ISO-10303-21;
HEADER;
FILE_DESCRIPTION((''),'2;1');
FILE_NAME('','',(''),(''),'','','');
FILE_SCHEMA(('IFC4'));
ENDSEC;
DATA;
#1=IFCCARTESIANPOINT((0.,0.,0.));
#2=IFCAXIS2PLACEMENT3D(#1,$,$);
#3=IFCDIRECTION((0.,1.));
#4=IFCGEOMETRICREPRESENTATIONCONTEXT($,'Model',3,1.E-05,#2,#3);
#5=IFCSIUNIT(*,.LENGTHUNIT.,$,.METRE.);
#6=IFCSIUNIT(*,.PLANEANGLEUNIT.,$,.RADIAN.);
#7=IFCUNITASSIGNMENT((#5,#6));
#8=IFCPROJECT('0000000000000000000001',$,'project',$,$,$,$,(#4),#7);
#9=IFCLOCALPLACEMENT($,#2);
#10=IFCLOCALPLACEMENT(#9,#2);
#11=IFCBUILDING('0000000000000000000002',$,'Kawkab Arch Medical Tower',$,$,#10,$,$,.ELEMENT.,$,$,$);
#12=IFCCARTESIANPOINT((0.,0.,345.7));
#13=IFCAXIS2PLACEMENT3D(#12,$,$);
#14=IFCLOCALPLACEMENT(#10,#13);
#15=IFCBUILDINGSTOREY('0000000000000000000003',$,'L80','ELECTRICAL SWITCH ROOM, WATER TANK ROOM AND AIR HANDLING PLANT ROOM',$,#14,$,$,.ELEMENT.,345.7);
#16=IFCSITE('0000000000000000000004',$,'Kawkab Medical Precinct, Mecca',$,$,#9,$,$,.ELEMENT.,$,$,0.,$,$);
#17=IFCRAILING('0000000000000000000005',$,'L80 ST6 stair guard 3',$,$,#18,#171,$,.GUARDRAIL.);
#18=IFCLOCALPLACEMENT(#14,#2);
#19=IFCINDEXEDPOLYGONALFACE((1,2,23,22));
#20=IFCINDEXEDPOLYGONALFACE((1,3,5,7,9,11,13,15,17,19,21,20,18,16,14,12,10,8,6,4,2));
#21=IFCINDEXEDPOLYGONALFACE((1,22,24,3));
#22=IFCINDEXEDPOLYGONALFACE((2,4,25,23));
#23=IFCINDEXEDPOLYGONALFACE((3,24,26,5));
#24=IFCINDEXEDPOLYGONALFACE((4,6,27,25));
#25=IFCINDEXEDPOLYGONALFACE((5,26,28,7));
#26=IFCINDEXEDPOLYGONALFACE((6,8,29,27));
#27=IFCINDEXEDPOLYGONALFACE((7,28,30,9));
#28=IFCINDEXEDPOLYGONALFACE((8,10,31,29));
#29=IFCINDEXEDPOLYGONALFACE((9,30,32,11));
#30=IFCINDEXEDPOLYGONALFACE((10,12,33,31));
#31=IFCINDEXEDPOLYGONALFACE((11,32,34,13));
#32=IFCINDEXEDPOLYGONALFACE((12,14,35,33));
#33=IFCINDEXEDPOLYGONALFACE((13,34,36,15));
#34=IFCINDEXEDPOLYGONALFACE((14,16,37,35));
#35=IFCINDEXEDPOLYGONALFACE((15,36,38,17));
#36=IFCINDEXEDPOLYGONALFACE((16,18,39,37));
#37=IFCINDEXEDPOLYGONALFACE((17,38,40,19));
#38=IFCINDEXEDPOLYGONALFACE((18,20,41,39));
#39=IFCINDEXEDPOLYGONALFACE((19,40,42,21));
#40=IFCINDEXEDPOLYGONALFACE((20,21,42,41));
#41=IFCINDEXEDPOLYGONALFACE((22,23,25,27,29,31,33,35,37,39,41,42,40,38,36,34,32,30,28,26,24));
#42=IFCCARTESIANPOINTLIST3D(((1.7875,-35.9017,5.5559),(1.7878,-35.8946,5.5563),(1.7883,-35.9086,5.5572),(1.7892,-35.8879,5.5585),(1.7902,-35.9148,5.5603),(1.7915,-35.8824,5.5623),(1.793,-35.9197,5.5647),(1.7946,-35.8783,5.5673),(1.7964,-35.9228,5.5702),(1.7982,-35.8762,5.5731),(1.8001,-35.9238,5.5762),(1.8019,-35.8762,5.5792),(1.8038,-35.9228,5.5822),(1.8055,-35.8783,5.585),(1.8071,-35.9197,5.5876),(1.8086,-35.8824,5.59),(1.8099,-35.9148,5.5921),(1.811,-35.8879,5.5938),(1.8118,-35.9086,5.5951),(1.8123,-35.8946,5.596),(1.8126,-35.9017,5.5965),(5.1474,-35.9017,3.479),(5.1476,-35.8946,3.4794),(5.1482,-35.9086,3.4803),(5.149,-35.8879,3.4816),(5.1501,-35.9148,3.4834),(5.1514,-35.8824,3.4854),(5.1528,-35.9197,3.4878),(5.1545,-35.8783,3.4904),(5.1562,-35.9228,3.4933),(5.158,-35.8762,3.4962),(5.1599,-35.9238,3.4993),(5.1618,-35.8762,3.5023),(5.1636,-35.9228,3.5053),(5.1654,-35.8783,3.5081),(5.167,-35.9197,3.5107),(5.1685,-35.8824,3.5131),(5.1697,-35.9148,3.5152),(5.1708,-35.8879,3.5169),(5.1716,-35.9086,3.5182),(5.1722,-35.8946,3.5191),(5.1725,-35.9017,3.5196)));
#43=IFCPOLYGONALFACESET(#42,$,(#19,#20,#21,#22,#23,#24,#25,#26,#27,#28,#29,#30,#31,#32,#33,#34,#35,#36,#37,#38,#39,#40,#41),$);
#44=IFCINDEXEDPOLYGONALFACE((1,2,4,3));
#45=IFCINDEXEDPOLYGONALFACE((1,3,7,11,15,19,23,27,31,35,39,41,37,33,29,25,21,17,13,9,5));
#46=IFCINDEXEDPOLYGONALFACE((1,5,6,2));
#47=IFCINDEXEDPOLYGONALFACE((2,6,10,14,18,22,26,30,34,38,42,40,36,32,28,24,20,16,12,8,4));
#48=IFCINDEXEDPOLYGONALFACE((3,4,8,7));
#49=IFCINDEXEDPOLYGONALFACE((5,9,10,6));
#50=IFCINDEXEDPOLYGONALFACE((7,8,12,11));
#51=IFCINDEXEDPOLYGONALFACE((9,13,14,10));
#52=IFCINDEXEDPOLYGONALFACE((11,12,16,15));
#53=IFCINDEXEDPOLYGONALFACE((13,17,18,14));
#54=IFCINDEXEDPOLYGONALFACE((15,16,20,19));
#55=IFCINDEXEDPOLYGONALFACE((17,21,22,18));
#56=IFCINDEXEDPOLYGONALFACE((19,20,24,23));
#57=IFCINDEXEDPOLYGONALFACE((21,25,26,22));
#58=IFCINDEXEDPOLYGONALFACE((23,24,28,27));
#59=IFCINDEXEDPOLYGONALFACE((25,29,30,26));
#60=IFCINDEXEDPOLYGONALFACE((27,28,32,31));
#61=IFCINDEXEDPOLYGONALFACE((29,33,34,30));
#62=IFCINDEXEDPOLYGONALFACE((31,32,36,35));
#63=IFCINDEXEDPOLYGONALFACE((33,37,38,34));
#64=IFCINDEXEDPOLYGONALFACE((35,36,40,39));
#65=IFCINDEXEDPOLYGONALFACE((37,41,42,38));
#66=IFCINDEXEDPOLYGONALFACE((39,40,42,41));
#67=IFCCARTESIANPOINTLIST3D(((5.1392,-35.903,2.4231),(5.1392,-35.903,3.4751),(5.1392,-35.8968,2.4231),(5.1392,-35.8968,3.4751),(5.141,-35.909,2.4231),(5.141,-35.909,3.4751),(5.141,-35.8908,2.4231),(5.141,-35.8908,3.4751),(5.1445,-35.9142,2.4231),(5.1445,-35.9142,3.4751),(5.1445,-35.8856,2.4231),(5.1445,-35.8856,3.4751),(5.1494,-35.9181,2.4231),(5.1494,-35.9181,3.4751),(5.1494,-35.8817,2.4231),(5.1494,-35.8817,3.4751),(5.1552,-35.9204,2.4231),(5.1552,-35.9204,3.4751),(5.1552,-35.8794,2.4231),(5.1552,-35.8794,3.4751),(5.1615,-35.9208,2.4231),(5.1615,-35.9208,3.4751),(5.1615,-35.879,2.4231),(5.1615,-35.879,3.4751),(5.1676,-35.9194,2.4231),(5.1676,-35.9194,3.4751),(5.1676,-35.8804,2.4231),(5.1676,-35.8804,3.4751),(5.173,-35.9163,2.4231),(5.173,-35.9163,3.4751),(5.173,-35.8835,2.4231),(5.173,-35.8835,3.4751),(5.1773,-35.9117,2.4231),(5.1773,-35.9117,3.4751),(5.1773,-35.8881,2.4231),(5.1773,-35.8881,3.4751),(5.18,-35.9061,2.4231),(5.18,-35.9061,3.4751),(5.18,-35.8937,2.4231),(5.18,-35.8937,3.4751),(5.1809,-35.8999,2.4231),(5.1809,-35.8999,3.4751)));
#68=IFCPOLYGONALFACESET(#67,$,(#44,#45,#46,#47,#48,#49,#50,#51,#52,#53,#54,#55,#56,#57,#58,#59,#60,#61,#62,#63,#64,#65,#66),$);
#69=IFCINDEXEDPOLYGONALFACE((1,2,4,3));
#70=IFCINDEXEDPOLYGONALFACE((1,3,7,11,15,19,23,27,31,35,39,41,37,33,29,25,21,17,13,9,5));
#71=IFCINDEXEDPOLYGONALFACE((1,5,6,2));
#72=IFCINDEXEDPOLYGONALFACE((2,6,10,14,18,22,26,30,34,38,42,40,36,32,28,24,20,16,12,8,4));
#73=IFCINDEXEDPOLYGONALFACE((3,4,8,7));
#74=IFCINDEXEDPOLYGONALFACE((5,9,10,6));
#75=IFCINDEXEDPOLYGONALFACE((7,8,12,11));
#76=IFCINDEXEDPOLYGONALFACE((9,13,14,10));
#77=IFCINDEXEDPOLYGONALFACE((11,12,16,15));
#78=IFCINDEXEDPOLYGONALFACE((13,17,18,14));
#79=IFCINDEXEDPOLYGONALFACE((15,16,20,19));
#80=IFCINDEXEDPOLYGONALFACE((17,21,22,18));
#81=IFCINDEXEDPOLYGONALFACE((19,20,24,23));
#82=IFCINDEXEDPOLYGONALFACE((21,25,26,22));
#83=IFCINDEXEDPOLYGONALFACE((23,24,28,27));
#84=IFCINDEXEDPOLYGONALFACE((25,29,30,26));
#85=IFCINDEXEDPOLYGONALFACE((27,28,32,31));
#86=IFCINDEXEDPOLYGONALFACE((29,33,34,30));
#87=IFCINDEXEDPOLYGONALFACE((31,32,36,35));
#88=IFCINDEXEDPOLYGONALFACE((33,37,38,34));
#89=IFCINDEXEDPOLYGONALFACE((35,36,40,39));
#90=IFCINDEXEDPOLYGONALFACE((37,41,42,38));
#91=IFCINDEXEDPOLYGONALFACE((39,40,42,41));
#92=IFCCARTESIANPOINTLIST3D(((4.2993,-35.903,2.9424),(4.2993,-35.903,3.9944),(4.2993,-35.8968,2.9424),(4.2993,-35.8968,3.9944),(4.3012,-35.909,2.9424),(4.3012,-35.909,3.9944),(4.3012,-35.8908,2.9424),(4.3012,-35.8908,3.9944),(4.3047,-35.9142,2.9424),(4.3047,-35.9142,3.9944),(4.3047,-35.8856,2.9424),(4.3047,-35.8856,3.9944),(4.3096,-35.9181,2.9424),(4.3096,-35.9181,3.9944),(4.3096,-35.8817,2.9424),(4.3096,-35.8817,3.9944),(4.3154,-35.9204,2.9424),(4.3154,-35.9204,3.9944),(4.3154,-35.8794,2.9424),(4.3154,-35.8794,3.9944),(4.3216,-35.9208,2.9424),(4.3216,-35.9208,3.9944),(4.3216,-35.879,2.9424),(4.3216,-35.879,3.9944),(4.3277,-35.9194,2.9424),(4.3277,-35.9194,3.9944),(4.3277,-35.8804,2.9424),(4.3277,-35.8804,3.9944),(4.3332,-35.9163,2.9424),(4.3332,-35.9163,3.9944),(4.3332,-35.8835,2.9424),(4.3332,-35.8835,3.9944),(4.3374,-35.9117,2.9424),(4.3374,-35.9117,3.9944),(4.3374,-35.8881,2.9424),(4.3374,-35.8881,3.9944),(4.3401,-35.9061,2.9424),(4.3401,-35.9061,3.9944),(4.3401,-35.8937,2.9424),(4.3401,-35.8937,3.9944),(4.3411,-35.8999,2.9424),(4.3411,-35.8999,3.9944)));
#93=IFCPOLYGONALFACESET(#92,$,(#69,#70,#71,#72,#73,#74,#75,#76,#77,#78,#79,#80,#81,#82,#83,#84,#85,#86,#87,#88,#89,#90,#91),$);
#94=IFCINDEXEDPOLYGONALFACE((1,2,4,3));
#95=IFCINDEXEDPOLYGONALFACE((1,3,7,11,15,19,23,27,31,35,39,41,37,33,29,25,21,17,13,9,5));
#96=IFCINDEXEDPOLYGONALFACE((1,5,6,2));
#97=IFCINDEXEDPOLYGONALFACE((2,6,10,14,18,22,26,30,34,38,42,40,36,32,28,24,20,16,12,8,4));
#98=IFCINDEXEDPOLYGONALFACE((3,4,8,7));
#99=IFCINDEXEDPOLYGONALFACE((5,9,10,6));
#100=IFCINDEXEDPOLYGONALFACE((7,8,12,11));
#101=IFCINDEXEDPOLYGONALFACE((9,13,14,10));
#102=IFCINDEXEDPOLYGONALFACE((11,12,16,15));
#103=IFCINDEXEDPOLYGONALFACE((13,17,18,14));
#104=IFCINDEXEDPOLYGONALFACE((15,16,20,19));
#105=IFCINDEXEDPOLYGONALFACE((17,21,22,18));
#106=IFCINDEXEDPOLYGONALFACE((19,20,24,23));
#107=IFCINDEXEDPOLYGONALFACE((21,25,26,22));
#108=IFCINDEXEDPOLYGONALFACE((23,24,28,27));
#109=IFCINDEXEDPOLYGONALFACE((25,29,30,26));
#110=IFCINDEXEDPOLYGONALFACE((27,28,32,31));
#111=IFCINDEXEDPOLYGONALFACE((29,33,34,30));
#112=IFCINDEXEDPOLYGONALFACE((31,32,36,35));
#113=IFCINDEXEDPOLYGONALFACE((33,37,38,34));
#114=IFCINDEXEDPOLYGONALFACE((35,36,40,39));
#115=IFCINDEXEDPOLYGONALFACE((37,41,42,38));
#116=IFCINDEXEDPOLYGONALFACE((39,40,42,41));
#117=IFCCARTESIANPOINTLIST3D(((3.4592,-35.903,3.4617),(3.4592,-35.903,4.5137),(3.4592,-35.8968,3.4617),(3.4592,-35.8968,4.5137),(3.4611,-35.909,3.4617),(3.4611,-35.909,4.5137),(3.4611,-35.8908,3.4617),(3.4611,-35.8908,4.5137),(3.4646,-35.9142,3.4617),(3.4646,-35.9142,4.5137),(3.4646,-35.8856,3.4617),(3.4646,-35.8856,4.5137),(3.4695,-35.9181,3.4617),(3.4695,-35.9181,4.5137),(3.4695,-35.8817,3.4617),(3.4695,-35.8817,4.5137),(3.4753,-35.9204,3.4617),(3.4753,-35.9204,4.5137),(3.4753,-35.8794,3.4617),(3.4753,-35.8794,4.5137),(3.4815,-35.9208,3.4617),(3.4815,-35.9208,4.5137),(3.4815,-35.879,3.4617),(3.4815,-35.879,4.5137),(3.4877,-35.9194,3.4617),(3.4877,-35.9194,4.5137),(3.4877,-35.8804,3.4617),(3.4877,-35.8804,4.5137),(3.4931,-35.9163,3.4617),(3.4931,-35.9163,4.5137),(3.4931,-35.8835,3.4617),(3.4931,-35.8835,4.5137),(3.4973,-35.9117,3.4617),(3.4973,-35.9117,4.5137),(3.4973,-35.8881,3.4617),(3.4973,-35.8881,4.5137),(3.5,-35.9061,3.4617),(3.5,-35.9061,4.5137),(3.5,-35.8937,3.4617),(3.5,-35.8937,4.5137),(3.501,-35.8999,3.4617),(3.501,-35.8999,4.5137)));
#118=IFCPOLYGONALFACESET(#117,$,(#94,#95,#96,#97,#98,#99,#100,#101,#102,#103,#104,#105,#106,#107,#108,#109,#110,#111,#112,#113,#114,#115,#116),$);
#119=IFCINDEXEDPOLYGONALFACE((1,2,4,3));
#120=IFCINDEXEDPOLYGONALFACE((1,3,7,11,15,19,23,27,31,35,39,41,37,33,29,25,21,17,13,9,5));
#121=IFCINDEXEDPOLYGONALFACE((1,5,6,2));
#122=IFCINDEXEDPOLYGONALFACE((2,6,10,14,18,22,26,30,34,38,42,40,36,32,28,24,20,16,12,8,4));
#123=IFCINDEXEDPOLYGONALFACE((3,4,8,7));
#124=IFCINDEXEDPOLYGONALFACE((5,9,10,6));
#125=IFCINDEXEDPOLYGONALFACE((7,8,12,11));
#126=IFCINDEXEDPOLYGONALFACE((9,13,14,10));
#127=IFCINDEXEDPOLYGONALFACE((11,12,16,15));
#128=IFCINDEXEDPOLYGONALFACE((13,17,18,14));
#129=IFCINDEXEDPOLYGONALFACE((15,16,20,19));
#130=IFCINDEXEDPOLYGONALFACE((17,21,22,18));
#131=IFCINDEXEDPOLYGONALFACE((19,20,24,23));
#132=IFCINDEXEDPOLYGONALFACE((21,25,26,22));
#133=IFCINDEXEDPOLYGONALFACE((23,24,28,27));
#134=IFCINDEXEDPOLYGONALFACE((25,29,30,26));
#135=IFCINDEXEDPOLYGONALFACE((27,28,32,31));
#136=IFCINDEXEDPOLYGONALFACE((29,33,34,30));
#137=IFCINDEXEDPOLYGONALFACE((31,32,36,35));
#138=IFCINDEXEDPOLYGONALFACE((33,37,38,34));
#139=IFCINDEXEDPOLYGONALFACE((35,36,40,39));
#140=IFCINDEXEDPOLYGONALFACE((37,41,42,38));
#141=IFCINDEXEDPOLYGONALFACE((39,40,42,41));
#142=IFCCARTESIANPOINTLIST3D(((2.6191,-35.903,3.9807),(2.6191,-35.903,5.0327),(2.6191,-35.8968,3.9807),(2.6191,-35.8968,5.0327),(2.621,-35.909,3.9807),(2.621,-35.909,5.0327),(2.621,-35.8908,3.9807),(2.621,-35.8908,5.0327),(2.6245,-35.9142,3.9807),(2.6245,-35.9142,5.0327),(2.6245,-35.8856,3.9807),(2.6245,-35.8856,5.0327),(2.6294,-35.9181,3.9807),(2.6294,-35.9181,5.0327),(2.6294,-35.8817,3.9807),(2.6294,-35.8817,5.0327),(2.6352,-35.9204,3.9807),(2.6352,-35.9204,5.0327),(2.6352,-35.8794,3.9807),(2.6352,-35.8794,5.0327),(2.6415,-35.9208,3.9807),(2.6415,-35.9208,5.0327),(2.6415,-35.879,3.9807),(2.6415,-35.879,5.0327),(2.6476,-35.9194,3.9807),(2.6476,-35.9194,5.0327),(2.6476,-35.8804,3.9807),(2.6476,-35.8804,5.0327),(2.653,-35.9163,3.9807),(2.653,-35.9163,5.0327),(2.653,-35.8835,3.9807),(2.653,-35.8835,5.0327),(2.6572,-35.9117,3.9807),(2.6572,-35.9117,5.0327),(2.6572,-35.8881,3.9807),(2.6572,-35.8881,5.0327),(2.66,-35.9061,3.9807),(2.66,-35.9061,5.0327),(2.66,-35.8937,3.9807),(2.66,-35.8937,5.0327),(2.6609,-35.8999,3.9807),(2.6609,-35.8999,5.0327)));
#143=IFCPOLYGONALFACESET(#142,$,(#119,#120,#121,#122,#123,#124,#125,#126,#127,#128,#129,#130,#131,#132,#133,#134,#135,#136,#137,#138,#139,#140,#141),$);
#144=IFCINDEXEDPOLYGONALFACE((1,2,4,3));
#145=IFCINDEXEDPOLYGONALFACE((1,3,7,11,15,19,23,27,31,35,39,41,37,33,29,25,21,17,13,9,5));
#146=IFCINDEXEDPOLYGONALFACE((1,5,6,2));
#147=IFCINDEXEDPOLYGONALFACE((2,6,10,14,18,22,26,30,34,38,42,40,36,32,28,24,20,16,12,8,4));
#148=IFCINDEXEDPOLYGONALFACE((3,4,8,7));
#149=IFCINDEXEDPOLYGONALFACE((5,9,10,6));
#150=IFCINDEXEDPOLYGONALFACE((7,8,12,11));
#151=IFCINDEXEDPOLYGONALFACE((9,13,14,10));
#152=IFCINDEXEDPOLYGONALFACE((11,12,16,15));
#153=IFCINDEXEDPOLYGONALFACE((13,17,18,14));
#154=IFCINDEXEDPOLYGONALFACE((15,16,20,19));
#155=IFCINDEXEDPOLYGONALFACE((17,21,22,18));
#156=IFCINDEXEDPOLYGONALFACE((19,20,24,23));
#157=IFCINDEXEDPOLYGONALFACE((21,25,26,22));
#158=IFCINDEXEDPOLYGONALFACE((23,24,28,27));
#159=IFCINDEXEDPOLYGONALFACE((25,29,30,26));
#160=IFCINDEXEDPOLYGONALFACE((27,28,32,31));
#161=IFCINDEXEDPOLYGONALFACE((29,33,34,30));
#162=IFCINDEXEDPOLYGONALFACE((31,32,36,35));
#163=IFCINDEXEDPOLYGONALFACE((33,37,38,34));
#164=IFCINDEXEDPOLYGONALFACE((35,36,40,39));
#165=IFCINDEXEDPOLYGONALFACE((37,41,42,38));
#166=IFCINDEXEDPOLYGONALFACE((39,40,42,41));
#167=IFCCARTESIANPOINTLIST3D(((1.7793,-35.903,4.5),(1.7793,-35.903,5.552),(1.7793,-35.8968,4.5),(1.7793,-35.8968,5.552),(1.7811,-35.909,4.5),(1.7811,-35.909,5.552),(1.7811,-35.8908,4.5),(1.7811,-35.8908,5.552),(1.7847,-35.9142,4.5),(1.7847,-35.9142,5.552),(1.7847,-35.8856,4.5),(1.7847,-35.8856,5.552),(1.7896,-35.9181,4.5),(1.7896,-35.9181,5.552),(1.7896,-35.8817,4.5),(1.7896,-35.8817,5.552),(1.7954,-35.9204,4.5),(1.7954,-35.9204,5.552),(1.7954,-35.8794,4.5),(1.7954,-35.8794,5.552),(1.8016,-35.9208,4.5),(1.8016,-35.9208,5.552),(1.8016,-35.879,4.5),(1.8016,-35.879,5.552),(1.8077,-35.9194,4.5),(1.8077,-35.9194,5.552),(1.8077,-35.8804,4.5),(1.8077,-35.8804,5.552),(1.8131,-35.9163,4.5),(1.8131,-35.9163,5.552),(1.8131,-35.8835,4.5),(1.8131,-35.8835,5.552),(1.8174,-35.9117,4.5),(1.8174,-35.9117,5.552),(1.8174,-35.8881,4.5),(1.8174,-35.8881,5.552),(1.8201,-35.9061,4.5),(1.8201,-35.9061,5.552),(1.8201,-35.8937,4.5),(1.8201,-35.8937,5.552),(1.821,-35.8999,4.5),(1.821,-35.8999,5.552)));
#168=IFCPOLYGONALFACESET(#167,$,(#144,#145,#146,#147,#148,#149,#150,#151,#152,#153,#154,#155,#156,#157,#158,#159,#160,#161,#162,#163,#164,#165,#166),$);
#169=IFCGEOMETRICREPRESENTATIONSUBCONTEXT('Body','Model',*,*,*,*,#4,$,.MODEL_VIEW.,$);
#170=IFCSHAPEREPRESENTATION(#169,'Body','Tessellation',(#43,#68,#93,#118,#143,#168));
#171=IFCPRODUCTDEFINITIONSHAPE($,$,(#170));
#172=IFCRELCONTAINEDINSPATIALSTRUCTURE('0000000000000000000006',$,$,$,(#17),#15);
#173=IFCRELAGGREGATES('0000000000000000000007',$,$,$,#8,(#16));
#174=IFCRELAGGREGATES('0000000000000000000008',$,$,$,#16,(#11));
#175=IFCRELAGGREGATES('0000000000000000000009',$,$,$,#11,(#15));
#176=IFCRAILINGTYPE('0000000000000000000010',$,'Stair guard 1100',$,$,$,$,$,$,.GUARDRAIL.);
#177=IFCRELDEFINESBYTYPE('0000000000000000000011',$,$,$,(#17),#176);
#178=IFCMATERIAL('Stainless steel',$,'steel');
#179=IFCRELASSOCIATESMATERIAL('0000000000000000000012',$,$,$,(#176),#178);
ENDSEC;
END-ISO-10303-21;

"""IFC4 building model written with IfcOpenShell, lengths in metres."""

from ifc_helpers import new_model, si_unit, direction, frame, origin, origin_2d, place, context, subcontext, project, spatial, circle, extrude, material, type_object, element, save


model = new_model("IFC4")

# Units and contexts
model_context = context("Model", 3, precision=1e-05, world=origin(), true_north=direction((0.0, 1.0)))
body_context = subcontext(model_context, "Body", "Model", "MODEL_VIEW")
ifc_project = project(units=[si_unit("LENGTHUNIT", "METRE"), si_unit("PLANEANGLEUNIT", "RADIAN")], contexts=[model_context])

# Site, building, storey
site_placement = place(None, origin())
site = spatial("IfcSite", under=ifc_project, at=site_placement, Name="Kawkab Medical Precinct, Mecca", CompositionType="ELEMENT", RefElevation=0.0)
building_placement = place(site_placement, origin())
building = spatial("IfcBuilding", under=site, at=building_placement, Name="Kawkab Arch Medical Tower", CompositionType="ELEMENT")
storey_placement = place(building_placement, frame((0.0, 0.0, 345.7)))
storey = spatial("IfcBuildingStorey", under=building, at=storey_placement, Name="L80", Description="ELECTRICAL SWITCH ROOM, WATER TANK ROOM AND AIR HANDLING PLANT ROOM", CompositionType="ELEMENT", Elevation=345.7)

# Railing
ifc_material_1 = material(Name="Stainless steel", Category="steel")
railing_type = type_object("IfcRailingType", Name="Stair guard 1100", PredefinedType="GUARDRAIL", material=ifc_material_1)
railing_1_placement = place(storey_placement, frame((5.1599, -35.8999, 2.4231)))
element("IfcRailing", 1, at=railing_1_placement, inside=storey, type_object=railing_type, Name="L80 ST6 stair guard 3", PredefinedType="GUARDRAIL", context=body_context, shape_type="SweptSolid", body=[
    extrude(circle(Radius=0.0239, at=origin_2d()), frame((0.0, 0.0, 1.0762), z_axis=(-0.850606, 0.0, 0.525803), x_axis=(0.0, -1.0, 0.0)), (0.0, 0.0, 1.0), 3.95),
    extrude(circle(Radius=0.021, at=origin_2d()), origin(), (0.0, 0.0, 1.0), 1.052),
    extrude(circle(Radius=0.021, at=origin_2d()), frame((-0.8398, 0.0, 0.5193)), (0.0, 0.0, 1.0), 1.052),
    extrude(circle(Radius=0.021, at=origin_2d()), frame((-1.6799, 0.0, 1.0386)), (0.0, 0.0, 1.0), 1.052),
    extrude(circle(Radius=0.021, at=origin_2d()), frame((-2.52, 0.0, 1.5576)), (0.0, 0.0, 1.0), 1.052),
    extrude(circle(Radius=0.021, at=origin_2d()), frame((-3.3599, 0.0, 2.0769)), (0.0, 0.0, 1.0), 1.052),
])

save(model, "model.ifc")
